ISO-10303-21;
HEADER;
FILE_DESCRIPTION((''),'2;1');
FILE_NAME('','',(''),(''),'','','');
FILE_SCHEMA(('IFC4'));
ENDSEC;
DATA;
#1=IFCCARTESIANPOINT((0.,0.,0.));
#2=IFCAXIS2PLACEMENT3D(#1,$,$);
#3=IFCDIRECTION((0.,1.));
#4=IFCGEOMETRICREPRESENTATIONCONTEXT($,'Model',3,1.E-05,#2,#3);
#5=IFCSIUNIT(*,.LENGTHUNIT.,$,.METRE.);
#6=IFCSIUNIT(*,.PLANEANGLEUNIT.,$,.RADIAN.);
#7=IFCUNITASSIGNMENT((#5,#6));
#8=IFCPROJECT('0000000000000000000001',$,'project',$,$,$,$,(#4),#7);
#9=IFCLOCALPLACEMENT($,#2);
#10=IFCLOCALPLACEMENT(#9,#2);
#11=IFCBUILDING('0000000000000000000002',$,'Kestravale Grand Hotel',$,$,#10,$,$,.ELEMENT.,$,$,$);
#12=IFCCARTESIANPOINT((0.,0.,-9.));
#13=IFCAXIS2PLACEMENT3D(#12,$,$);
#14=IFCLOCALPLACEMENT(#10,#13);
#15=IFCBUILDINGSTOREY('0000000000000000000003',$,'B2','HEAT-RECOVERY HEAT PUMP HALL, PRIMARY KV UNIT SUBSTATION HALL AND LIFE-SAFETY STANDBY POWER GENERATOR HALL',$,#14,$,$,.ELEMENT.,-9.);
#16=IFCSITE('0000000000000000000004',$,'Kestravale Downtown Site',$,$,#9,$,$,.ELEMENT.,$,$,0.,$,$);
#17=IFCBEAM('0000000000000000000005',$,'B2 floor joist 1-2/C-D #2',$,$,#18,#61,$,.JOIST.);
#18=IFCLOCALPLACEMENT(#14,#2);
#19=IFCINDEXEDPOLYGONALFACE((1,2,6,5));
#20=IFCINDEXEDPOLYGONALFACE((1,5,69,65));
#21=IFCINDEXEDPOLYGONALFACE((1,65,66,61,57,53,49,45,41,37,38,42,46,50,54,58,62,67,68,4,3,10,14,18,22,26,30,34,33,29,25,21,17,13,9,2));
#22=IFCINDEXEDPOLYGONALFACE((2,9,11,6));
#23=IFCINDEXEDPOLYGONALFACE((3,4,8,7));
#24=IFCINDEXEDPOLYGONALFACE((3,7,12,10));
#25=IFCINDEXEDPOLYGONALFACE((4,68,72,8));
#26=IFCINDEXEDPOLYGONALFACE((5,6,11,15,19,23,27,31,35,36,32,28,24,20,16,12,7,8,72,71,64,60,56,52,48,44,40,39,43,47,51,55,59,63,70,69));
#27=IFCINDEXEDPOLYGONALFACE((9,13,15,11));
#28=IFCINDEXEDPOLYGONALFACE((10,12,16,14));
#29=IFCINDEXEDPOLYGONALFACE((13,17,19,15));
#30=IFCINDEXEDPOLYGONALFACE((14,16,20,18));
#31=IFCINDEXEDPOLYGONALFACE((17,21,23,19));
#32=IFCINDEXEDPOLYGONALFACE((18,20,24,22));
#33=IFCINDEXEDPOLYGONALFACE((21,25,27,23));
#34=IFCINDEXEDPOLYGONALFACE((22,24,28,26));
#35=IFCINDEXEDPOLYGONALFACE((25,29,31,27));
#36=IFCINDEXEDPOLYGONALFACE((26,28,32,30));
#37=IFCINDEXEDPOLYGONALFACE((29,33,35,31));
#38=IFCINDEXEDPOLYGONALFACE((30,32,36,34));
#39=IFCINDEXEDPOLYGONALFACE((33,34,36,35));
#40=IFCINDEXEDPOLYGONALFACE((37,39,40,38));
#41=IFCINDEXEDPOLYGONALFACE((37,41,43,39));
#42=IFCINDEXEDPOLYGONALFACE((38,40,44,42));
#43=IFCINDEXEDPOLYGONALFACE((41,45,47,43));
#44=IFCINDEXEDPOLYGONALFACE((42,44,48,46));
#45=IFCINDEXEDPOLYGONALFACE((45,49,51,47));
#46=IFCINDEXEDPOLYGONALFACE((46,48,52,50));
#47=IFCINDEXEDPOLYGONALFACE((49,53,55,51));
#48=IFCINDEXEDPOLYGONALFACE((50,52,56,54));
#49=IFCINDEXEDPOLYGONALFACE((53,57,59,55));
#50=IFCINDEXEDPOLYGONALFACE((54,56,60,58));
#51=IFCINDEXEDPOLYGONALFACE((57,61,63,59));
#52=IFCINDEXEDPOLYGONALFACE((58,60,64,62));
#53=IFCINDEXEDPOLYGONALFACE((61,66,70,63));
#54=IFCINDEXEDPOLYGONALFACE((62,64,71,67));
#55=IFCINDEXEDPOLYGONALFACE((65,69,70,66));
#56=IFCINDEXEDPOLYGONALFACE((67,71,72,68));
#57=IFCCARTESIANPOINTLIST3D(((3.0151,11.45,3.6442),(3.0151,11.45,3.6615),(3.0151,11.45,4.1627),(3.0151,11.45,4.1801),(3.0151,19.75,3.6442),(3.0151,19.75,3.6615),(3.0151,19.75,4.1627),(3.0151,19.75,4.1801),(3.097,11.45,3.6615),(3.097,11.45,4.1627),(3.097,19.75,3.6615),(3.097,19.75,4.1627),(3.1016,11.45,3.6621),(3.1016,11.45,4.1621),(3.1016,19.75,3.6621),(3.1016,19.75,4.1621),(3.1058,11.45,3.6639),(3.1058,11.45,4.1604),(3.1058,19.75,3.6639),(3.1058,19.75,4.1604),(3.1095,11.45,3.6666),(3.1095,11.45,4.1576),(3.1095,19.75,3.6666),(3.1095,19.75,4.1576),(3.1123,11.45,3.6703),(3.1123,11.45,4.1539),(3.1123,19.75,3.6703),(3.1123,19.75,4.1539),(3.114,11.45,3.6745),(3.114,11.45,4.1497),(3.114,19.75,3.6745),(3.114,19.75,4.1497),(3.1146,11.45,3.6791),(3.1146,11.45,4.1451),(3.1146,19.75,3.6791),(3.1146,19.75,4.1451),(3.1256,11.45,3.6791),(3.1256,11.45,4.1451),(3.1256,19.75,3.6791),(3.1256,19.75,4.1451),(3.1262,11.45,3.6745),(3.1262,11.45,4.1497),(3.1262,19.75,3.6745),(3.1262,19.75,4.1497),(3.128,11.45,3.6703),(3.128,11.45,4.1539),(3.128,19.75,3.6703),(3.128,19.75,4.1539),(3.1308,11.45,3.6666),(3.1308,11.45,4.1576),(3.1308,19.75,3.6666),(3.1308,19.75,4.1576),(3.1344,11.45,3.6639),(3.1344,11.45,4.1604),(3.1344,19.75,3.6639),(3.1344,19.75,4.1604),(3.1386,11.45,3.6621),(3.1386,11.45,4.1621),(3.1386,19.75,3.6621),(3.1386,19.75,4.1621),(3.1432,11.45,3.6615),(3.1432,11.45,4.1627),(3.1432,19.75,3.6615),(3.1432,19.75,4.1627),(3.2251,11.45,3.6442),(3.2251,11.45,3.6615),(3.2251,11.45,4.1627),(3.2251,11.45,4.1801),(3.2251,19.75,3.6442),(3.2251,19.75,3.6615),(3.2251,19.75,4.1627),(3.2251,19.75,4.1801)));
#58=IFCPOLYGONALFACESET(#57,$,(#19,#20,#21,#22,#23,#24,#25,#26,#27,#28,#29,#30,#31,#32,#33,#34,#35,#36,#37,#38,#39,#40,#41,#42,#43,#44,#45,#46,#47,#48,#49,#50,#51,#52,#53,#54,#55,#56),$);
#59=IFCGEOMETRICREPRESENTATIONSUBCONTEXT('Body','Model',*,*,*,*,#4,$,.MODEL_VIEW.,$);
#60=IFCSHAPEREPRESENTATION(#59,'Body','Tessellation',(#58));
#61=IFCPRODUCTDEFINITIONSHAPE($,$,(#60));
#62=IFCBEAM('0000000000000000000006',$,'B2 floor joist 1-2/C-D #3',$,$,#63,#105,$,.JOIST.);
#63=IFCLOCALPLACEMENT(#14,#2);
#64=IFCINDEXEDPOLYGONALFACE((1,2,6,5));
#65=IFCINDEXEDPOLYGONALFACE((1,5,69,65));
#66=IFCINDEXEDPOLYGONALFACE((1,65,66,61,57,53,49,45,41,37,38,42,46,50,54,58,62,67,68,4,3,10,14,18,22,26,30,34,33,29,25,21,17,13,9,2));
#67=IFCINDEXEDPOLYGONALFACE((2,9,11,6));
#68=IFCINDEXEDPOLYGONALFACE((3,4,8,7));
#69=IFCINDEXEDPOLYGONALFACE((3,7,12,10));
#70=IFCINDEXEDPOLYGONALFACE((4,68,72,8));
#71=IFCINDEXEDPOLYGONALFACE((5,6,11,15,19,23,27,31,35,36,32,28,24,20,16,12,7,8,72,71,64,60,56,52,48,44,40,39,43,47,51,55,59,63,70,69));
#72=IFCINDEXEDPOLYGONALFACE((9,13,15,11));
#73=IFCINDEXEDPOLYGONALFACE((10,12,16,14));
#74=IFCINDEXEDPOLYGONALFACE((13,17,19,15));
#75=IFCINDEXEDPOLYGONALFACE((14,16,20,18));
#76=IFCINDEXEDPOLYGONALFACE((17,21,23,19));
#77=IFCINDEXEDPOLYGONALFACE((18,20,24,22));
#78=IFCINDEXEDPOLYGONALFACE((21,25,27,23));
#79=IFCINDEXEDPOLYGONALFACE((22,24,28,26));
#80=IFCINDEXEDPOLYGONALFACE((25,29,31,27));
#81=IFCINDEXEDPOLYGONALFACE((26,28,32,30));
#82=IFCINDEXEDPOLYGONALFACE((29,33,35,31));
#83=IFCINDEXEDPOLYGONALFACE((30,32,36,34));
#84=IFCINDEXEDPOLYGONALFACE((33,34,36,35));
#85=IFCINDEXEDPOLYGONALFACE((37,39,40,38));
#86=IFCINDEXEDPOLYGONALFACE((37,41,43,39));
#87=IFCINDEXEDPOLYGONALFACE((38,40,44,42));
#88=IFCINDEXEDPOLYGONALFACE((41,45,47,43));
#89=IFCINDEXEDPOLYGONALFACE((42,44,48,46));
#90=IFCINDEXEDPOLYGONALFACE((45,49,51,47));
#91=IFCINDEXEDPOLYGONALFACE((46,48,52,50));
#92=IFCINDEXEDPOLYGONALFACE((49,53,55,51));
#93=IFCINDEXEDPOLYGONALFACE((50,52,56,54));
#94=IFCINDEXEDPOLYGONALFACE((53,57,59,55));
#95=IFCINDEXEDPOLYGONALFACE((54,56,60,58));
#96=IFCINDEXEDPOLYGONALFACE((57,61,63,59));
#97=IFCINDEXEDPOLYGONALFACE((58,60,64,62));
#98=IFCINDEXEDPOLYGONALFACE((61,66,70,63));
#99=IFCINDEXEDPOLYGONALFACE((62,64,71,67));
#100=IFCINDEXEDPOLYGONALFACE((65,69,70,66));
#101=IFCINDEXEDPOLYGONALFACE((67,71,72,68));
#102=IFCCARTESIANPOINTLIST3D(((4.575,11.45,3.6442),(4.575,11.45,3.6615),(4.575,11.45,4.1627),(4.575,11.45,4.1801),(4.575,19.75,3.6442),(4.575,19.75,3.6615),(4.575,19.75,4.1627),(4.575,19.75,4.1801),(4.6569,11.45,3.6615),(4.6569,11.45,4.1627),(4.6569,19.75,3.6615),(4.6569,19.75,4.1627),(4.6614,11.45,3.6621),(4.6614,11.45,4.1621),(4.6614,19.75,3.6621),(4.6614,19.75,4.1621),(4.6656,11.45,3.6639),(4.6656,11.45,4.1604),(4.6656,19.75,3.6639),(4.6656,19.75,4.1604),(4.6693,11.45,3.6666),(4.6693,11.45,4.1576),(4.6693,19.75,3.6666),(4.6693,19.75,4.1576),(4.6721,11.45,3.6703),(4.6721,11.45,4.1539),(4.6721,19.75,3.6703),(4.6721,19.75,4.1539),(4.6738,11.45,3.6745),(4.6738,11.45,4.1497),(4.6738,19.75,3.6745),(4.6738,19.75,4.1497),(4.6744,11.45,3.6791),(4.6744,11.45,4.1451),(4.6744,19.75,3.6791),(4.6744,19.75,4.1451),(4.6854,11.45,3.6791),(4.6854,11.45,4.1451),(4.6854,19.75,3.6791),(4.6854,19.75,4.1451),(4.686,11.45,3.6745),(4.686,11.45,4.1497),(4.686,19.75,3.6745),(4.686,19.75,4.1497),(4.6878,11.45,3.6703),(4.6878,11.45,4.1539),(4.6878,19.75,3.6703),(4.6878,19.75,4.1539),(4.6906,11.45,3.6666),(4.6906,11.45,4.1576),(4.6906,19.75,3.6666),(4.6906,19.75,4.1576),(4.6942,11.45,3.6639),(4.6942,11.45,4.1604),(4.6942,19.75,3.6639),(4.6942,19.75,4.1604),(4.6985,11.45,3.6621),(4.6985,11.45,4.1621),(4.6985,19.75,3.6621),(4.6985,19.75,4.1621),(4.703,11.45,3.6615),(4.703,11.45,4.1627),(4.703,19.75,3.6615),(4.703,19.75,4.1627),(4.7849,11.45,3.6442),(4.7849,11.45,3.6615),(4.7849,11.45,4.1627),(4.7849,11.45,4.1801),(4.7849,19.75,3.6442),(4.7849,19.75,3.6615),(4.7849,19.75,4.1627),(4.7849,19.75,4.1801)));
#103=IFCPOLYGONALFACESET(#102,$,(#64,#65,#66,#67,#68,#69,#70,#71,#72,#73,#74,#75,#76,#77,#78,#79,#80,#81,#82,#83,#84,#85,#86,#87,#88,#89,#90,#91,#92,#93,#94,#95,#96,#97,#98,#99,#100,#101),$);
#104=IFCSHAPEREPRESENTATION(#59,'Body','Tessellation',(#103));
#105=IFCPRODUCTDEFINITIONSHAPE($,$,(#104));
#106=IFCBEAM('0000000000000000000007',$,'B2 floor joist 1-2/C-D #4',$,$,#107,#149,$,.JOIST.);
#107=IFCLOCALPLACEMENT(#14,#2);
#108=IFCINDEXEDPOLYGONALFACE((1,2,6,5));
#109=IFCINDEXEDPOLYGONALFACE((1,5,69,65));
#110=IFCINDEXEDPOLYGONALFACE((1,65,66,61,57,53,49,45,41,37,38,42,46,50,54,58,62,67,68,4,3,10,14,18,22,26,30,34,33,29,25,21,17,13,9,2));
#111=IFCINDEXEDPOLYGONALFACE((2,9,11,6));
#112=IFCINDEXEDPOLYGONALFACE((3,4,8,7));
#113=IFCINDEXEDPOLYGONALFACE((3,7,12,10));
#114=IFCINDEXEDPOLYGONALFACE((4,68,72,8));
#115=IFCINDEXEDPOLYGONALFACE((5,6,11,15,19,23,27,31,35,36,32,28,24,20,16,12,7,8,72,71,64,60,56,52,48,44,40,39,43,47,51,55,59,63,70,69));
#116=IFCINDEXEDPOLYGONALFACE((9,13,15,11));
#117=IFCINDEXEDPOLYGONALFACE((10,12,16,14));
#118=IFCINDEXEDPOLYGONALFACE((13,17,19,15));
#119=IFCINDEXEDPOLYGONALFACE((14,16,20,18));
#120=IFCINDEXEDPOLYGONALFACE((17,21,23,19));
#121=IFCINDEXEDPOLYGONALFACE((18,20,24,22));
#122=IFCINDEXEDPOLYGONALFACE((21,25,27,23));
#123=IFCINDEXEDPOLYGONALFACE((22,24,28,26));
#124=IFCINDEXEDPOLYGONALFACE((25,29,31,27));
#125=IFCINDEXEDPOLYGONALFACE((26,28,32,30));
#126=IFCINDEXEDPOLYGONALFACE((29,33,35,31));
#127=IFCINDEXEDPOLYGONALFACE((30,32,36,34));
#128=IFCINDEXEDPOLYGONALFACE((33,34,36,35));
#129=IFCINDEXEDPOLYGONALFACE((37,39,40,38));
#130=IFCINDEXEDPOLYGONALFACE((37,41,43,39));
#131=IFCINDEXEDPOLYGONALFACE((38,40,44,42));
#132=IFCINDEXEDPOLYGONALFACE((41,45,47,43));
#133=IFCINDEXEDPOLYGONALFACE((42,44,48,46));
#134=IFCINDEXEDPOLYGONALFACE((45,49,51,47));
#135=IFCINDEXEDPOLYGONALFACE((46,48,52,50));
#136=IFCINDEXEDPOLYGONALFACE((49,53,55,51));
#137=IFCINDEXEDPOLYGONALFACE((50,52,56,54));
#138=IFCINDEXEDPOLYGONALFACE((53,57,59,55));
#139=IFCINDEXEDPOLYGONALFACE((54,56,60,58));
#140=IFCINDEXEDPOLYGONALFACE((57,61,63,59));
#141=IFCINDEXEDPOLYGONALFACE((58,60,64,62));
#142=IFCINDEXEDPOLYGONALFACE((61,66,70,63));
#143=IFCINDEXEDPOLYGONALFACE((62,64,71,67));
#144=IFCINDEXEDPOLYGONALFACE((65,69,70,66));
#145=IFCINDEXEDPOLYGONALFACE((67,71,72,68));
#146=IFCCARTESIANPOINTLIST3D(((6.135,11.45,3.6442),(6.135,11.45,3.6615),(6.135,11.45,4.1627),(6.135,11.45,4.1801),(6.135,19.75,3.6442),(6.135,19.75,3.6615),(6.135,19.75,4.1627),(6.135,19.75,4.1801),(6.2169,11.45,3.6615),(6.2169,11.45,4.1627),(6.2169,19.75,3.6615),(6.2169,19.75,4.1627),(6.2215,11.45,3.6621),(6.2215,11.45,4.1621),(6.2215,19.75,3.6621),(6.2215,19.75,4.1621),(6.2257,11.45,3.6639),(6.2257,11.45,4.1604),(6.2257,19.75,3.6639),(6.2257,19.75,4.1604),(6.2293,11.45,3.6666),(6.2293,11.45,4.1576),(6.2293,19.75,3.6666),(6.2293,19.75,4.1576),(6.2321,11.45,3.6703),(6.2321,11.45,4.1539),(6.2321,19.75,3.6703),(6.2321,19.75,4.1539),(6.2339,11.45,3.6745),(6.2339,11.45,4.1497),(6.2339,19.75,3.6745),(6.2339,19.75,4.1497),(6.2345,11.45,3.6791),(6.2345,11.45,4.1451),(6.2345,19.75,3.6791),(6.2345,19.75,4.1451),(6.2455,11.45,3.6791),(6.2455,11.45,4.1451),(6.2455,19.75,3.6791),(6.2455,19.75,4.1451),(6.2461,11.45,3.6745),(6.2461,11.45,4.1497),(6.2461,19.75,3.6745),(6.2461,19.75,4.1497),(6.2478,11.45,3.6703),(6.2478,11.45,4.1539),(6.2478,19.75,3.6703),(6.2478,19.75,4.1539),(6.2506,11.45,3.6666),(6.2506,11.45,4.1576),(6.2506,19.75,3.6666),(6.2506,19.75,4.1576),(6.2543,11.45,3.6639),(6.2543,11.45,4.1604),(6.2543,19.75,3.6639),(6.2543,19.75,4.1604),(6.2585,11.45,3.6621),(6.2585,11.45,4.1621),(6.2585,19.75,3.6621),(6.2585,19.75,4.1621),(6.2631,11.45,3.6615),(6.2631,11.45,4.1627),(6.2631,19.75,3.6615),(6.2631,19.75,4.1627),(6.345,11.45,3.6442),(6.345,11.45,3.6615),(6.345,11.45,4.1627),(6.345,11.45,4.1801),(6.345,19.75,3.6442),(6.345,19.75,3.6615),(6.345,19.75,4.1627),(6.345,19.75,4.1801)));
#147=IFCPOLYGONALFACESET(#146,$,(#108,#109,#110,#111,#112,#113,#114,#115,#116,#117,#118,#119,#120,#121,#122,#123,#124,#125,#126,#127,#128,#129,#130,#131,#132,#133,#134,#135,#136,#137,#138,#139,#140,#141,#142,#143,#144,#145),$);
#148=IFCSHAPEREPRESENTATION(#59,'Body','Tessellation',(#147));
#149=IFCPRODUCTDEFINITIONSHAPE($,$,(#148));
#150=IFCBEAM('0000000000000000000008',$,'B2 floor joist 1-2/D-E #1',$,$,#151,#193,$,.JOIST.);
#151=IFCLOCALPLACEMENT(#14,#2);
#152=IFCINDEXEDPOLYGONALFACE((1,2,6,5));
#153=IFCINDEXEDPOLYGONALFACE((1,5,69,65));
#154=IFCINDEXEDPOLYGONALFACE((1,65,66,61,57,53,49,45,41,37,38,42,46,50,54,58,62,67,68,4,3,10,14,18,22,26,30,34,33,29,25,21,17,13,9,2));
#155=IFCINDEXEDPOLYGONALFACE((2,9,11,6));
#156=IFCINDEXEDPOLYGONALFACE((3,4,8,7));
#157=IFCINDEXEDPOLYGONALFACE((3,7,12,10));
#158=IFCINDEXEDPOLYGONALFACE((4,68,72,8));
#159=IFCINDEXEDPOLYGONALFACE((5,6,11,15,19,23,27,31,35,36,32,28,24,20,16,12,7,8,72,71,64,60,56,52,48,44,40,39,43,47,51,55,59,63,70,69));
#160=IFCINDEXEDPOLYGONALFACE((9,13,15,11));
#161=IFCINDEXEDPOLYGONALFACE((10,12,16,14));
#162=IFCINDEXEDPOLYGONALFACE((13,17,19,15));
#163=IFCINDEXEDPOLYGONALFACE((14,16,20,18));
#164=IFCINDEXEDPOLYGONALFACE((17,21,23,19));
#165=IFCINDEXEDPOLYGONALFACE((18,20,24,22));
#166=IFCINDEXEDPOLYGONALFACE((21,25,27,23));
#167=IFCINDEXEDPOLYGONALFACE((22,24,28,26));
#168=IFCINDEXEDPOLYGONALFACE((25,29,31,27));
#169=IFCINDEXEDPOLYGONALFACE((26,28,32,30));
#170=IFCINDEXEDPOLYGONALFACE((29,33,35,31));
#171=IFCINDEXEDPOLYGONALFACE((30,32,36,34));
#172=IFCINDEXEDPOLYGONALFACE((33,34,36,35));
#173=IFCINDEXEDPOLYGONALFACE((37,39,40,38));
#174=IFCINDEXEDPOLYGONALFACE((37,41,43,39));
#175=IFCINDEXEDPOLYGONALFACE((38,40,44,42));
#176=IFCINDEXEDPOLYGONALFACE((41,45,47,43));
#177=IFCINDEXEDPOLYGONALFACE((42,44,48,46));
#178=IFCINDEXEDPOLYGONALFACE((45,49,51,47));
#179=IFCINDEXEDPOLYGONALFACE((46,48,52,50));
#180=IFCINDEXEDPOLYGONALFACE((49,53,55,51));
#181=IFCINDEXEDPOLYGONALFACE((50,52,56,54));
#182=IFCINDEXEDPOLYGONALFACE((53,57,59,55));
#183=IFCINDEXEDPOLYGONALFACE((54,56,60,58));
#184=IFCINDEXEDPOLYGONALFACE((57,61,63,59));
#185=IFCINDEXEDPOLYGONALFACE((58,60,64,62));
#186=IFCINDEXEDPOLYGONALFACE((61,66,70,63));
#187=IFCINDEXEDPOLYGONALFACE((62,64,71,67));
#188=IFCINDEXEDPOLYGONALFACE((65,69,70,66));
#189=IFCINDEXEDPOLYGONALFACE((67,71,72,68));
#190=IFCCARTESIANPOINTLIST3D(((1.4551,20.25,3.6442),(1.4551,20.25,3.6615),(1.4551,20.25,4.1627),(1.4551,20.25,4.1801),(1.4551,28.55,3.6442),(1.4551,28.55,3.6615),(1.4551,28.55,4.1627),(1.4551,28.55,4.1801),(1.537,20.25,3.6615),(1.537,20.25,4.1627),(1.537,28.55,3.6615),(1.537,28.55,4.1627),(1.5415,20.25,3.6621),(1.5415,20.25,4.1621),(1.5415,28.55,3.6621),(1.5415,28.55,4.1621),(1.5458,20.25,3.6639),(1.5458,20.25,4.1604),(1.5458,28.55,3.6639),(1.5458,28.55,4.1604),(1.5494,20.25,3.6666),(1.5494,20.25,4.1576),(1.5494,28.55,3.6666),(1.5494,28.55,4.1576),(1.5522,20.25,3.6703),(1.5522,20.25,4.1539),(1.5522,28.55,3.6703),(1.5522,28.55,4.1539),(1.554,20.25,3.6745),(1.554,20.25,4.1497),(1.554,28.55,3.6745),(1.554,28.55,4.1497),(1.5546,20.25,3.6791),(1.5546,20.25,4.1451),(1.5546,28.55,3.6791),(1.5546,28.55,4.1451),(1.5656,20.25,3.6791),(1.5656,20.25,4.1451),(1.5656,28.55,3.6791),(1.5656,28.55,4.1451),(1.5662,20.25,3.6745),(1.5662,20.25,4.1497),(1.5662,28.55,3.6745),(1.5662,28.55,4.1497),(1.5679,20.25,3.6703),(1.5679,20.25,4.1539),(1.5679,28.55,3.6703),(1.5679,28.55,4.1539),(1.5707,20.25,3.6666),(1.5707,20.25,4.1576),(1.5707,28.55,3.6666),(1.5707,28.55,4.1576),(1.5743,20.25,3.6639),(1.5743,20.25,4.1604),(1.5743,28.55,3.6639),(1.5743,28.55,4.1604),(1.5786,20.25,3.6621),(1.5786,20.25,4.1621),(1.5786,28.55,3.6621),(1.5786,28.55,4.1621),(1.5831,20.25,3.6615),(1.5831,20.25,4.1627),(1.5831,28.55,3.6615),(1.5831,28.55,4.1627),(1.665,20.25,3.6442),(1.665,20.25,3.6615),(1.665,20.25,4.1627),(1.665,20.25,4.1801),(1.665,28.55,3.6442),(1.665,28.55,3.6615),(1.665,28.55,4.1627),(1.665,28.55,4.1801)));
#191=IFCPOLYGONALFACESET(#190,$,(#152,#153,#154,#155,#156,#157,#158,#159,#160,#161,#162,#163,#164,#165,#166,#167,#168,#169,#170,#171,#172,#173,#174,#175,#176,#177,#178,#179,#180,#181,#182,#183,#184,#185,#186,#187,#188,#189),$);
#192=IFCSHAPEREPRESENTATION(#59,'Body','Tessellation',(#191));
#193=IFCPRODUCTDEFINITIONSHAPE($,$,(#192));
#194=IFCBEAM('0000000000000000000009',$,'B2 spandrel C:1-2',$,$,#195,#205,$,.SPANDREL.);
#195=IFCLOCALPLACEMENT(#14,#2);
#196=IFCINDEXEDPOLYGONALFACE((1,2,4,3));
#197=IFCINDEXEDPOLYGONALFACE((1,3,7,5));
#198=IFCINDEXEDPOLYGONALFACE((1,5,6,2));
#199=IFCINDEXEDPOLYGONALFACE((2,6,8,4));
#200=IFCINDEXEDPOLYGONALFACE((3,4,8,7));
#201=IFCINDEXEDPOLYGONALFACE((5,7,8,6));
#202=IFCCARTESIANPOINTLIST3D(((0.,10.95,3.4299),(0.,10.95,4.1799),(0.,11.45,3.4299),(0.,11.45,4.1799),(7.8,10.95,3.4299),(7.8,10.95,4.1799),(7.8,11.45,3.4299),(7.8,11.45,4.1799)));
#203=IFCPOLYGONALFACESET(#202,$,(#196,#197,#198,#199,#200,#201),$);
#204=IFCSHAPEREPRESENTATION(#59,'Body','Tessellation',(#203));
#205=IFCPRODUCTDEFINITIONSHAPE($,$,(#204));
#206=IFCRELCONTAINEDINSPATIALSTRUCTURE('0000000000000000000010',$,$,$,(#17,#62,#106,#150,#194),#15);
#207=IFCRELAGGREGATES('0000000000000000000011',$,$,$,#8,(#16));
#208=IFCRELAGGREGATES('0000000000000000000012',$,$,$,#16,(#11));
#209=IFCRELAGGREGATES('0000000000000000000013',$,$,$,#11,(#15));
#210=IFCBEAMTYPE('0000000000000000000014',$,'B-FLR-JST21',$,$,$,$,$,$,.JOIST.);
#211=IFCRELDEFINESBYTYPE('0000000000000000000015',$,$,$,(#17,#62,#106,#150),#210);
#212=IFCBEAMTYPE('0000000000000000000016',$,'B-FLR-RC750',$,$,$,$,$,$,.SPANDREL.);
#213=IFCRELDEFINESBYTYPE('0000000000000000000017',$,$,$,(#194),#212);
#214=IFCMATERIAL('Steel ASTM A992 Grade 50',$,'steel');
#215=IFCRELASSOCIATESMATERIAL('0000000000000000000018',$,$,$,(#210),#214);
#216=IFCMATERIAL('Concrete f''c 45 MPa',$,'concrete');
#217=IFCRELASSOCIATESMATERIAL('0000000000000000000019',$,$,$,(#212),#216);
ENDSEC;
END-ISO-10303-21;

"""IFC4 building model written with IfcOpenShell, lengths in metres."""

from ifc_helpers import new_model, si_unit, direction, frame, origin, origin_2d, place, context, subcontext, project, spatial, rectangle, i_section, extrude, material, material_profile, profile_set, type_object, element, save


model = new_model("IFC4")

# Units and contexts
model_context = context("Model", 3, precision=1e-05, world=origin(), true_north=direction((0.0, 1.0)))
body_context = subcontext(model_context, "Body", "Model", "MODEL_VIEW")
ifc_project = project(units=[si_unit("LENGTHUNIT", "METRE"), si_unit("PLANEANGLEUNIT", "RADIAN")], contexts=[model_context])

# Site, building, storey
site_placement = place(None, origin())
site = spatial("IfcSite", under=ifc_project, at=site_placement, Name="Kestravale Downtown Site", CompositionType="ELEMENT", RefElevation=0.0)
building_placement = place(site_placement, origin())
building = spatial("IfcBuilding", under=site, at=building_placement, Name="Kestravale Grand Hotel", CompositionType="ELEMENT")
storey_placement = place(building_placement, frame((0.0, 0.0, -9.0)))
storey = spatial("IfcBuildingStorey", under=building, at=storey_placement, Name="B2", Description="HEAT-RECOVERY HEAT PUMP HALL, PRIMARY KV UNIT SUBSTATION HALL AND LIFE-SAFETY STANDBY POWER GENERATOR HALL", CompositionType="ELEMENT", Elevation=-9.0)

# Beams
ifc_material_1 = material(Name="Steel ASTM A992 Grade 50", Category="steel")
ifc_material_profile_1 = material_profile(ifc_material_1, i_section(OverallWidth=0.21, OverallDepth=0.5359, WebThickness=0.011, FlangeThickness=0.0173, FilletRadius=0.0176, at=origin_2d()))
ifc_profile_set_1 = profile_set([ifc_material_profile_1], Name="Steel ASTM A992 Grade 50")
beam_type_1 = type_object("IfcBeamType", Name="B-FLR-JST21", PredefinedType="JOIST", material=ifc_profile_set_1)
for number, where, z_axis, x_axis, name in (
    (1, (3.1201, 11.45, 3.9121), (0.0, 1.0, 0.0), (-1.0, 0.0, 0.0), "B2 floor joist 1-2/C-D #2"),
    (2, (4.6799, 11.45, 3.9121), (0.0, 1.0, 0.0), (-1.0, 0.0, 0.0), "B2 floor joist 1-2/C-D #3"),
    (3, (6.24, 11.45, 3.9121), (0.0, 1.0, 0.0), (-1.0, 0.0, 0.0), "B2 floor joist 1-2/C-D #4"),
    (4, (1.5601, 20.25, 3.9121), (0.0, 1.0, 0.0), (-1.0, 0.0, 0.0), "B2 floor joist 1-2/D-E #1"),
):
    element("IfcBeam", number, at=place(storey_placement, frame(where, z_axis=z_axis, x_axis=x_axis)), inside=storey, type_object=beam_type_1, Name=name, PredefinedType="JOIST", context=body_context, shape_type="SweptSolid", body=[
        extrude(i_section(OverallWidth=0.21, OverallDepth=0.5359, WebThickness=0.011, FlangeThickness=0.0173, FilletRadius=0.0176, at=origin_2d()), origin(), (0.0, 0.0, 1.0), 8.3),
    ])
ifc_material_2 = material(Name="Concrete f'c 45 MPa", Category="concrete")
ifc_material_profile_2 = material_profile(ifc_material_2, rectangle(XDim=0.5, YDim=0.75, at=origin_2d()))
ifc_profile_set_2 = profile_set([ifc_material_profile_2], Name="Concrete f'c 45 MPa")
beam_type_2 = type_object("IfcBeamType", Name="B-FLR-RC750", PredefinedType="SPANDREL", material=ifc_profile_set_2)
for number, where, z_axis, x_axis, name in (
    (5, (0.0, 11.2, 3.8049), (1.0, 0.0, 0.0), (0.0, 1.0, 0.0), "B2 spandrel C:1-2"),
):
    element("IfcBeam", number, at=place(storey_placement, frame(where, z_axis=z_axis, x_axis=x_axis)), inside=storey, type_object=beam_type_2, Name=name, PredefinedType="SPANDREL", context=body_context, shape_type="SweptSolid", body=[
        extrude(rectangle(XDim=0.5, YDim=0.75, at=origin_2d()), origin(), (0.0, 0.0, 1.0), 7.8),
    ])

save(model, "model.ifc")
